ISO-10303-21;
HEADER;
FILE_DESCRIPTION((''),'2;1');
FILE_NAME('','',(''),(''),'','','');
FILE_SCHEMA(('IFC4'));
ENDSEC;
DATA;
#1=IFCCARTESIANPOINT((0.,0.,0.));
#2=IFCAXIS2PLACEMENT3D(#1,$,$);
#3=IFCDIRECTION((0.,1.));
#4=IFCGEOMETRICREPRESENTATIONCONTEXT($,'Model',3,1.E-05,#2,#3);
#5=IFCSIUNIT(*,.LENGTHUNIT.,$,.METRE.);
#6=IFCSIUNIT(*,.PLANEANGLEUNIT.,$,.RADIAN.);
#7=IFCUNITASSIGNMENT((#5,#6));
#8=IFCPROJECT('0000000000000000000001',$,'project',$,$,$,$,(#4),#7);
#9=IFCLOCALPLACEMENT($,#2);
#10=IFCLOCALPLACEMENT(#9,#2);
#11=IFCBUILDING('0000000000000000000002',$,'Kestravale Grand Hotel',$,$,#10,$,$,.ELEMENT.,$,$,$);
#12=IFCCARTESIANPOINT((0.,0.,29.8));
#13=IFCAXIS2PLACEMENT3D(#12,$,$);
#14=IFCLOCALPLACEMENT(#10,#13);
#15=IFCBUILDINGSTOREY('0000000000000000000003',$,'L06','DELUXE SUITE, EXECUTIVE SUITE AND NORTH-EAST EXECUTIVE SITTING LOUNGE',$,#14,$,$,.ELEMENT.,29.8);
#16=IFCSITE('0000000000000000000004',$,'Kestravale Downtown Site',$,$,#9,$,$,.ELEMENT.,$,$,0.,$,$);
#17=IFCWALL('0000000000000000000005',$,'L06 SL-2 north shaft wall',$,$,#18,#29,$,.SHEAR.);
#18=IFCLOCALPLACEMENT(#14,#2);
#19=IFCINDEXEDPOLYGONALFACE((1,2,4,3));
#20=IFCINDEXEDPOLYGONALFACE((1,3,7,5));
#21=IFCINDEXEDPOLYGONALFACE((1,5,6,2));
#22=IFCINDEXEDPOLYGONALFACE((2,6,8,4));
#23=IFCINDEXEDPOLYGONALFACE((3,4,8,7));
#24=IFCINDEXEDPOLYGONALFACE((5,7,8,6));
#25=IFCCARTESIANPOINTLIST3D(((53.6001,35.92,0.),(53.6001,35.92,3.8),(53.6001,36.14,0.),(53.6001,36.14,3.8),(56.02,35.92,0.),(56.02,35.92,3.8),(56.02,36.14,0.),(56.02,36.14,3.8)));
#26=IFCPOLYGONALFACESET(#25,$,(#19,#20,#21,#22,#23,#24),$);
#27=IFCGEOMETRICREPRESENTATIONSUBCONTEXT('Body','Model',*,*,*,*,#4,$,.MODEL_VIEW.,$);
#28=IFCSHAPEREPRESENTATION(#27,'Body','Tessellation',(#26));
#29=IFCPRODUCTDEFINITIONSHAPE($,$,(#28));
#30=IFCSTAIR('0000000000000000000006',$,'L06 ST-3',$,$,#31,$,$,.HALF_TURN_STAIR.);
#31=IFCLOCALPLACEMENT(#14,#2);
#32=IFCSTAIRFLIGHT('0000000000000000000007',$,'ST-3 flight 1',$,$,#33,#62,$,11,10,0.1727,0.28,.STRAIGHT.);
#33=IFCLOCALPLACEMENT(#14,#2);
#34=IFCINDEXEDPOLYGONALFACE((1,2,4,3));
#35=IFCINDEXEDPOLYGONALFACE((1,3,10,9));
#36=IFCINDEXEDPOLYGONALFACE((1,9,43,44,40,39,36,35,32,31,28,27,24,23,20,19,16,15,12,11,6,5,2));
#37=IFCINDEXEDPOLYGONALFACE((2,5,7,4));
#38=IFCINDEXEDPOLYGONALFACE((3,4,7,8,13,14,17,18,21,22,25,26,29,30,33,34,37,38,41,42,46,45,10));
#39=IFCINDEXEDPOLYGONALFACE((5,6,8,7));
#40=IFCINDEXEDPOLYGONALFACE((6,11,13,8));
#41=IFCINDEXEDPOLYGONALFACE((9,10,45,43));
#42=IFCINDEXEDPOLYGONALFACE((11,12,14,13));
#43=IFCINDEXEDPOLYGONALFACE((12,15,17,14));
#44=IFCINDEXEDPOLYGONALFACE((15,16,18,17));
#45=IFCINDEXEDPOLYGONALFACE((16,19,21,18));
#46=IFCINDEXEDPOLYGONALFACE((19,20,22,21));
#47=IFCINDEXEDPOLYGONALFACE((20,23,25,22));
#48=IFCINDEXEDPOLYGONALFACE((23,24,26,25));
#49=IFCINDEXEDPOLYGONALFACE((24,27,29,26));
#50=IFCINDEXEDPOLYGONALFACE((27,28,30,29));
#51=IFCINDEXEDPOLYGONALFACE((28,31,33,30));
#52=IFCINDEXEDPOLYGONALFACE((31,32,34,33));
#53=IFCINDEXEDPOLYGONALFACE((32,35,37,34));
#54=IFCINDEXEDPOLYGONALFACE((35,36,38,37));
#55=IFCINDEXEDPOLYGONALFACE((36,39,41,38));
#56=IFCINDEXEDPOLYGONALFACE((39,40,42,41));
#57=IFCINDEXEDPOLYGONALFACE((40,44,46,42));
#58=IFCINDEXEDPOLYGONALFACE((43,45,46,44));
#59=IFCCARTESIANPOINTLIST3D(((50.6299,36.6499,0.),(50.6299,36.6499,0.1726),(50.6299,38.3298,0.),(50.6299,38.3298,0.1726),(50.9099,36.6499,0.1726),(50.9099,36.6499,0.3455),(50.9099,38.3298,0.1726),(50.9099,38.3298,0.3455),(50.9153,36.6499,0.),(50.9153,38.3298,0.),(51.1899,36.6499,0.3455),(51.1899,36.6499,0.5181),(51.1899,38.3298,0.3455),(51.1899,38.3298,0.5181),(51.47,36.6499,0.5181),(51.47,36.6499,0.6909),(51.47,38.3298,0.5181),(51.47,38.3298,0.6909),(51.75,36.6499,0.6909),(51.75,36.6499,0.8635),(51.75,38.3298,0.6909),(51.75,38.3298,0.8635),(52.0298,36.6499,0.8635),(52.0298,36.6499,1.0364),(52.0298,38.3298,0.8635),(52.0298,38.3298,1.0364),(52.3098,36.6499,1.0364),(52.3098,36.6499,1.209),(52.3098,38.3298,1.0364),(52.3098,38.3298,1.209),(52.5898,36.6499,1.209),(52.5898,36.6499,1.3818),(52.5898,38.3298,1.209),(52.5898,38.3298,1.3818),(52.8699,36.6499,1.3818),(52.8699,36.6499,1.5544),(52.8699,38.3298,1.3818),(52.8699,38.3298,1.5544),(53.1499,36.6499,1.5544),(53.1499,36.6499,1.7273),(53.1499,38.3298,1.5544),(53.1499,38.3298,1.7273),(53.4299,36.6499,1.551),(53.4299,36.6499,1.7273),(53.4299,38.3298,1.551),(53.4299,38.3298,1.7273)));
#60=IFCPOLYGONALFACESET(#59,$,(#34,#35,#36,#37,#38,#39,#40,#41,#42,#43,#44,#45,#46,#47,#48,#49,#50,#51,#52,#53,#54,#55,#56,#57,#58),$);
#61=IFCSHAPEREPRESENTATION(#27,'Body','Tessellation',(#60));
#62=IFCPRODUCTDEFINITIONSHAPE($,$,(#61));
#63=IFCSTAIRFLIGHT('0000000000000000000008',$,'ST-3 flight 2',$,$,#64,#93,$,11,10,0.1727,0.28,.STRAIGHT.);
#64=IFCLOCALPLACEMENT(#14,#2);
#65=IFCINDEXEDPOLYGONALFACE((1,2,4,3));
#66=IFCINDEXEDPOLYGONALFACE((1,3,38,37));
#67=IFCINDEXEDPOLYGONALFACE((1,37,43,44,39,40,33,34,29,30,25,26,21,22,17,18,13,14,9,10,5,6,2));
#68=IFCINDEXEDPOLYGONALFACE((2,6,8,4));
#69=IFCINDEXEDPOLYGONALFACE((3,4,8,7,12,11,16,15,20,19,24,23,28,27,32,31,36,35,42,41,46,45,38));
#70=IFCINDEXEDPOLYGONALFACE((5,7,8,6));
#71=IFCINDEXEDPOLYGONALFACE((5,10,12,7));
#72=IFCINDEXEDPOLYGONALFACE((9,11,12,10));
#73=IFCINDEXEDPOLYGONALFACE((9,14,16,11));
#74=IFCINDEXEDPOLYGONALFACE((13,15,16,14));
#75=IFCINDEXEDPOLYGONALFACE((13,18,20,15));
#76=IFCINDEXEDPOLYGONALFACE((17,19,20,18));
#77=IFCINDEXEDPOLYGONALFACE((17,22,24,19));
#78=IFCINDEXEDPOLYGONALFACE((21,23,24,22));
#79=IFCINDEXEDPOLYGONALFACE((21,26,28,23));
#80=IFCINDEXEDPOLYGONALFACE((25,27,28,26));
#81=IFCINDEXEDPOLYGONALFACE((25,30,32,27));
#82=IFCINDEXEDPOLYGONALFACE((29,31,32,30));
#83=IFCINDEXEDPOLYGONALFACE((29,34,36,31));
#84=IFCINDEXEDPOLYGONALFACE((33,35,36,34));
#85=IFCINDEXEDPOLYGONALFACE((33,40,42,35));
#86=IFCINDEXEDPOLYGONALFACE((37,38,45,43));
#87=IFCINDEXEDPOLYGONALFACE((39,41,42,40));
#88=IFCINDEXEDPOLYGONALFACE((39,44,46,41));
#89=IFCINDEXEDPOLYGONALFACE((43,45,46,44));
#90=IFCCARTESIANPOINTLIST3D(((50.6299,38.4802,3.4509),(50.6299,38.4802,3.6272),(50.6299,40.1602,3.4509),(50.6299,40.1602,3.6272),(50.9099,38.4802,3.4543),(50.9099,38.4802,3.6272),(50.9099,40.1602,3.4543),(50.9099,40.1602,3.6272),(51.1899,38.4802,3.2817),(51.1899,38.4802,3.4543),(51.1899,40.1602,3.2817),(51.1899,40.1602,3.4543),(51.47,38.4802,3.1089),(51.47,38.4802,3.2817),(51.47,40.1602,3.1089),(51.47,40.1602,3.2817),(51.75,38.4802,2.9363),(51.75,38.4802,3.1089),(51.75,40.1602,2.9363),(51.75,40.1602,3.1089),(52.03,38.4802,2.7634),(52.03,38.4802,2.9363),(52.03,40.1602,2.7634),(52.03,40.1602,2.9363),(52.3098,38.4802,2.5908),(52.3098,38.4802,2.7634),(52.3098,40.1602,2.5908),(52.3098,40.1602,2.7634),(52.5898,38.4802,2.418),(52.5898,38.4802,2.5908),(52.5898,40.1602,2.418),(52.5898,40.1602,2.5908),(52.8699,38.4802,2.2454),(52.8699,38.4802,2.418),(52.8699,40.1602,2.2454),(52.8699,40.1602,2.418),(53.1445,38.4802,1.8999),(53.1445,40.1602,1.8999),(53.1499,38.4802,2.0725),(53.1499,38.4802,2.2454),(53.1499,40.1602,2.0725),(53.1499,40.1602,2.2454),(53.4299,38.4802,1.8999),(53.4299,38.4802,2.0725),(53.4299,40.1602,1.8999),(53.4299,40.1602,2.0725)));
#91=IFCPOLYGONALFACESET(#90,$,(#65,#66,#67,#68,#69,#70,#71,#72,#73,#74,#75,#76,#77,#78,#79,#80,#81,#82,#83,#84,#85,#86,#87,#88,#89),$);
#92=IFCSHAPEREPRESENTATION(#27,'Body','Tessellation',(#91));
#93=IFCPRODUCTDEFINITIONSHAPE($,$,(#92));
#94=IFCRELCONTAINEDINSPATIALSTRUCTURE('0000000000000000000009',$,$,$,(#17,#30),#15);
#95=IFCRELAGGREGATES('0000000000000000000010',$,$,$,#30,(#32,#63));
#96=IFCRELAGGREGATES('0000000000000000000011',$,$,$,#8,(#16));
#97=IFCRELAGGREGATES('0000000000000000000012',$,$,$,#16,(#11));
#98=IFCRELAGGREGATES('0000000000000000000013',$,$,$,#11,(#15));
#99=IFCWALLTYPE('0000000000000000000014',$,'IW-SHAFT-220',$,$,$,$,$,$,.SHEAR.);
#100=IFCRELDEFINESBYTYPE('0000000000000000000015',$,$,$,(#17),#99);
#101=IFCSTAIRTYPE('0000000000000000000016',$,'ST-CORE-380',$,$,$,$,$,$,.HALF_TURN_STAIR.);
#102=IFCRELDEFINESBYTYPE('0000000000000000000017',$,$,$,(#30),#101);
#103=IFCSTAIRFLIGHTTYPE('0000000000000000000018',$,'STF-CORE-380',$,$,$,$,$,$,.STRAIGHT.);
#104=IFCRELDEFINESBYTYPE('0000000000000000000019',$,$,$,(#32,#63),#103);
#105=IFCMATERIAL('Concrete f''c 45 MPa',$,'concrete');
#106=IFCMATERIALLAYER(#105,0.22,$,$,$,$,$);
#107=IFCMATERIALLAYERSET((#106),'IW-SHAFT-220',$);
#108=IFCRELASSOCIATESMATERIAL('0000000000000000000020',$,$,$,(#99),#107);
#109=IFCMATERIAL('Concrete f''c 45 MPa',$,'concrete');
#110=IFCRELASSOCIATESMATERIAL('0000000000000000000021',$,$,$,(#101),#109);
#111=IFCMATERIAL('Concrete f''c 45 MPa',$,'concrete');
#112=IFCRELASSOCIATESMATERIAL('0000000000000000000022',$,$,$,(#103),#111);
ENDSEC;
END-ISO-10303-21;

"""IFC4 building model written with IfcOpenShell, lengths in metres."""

from ifc_helpers import new_model, si_unit, direction, frame, frame_2d, origin, place, context, subcontext, project, spatial, polyline, rectangle, outline, extrude, material, layer, layer_set, type_object, element, aggregate, save


model = new_model("IFC4")

# Units and contexts
model_context = context("Model", 3, precision=1e-05, world=origin(), true_north=direction((0.0, 1.0)))
body_context = subcontext(model_context, "Body", "Model", "MODEL_VIEW")
ifc_project = project(units=[si_unit("LENGTHUNIT", "METRE"), si_unit("PLANEANGLEUNIT", "RADIAN")], contexts=[model_context])

# Site, building, storey
site_placement = place(None, origin())
site = spatial("IfcSite", under=ifc_project, at=site_placement, Name="Kestravale Downtown Site", CompositionType="ELEMENT", RefElevation=0.0)
building_placement = place(site_placement, origin())
building = spatial("IfcBuilding", under=site, at=building_placement, Name="Kestravale Grand Hotel", CompositionType="ELEMENT")
storey_placement = place(building_placement, frame((0.0, 0.0, 29.8)))
storey = spatial("IfcBuildingStorey", under=building, at=storey_placement, Name="L06", Description="DELUXE SUITE, EXECUTIVE SUITE AND NORTH-EAST EXECUTIVE SITTING LOUNGE", CompositionType="ELEMENT", Elevation=29.8)

# Shared definitions
ifc_material_1 = material(Name="Concrete f'c 45 MPa", Category="concrete")
ifc_layer_1 = layer(ifc_material_1, 0.22)
ifc_layer_set_1 = layer_set([ifc_layer_1], Name="IW-SHAFT-220")
wall_type_1 = type_object("IfcWallType", Name="IW-SHAFT-220", PredefinedType="SHEAR", material=ifc_layer_set_1)

# Wall
wall_1_placement = place(storey_placement, frame((53.6001, 36.03, 0.0), z_axis=(0.0, 0.0, 1.0), x_axis=(1.0, 0.0, 0.0)))
element("IfcWall", 1, at=wall_1_placement, inside=storey, type_object=wall_type_1, Name="L06 SL-2 north shaft wall", PredefinedType="SHEAR", context=body_context, shape_type="SweptSolid", body=[
    extrude(rectangle(XDim=2.4199, YDim=0.22, at=frame_2d((1.21, 0.0))), origin(), (0.0, 0.0, 1.0), 3.8),
])

# Stair, stair flights
ifc_material_2 = material(Name="Concrete f'c 45 MPa", Category="concrete")
stair_type = type_object("IfcStairType", Name="ST-CORE-380", PredefinedType="HALF_TURN_STAIR", material=ifc_material_2)
stair_placement = place(storey_placement, origin())
stair = element("IfcStair", 2, at=stair_placement, inside=storey, type_object=stair_type, Name="L06 ST-3", PredefinedType="HALF_TURN_STAIR")
ifc_material_3 = material(Name="Concrete f'c 45 MPa", Category="concrete")
stair_flight_type = type_object("IfcStairFlightType", Name="STF-CORE-380", PredefinedType="STRAIGHT", material=ifc_material_3)
stair_flight_1_placement = place(storey_placement, frame((50.6299, 37.49, 0.0), z_axis=(0.0, 0.0, 1.0), x_axis=(1.0, 0.0, 0.0)))
stair_flight_1 = element("IfcStairFlight", 3, at=stair_flight_1_placement, type_object=stair_flight_type, Name="ST-3 flight 1", NumberOfRisers=11, NumberOfTreads=10, PredefinedType="STRAIGHT", RiserHeight=0.1727, TreadLength=0.28, context=body_context, shape_type="SweptSolid", body=[
    extrude(outline(polyline([(0.0, 0.0), (0.0, 0.1726), (0.28, 0.1726), (0.28, 0.3455), (0.5601, 0.3455), (0.5601, 0.5181), (0.8401, 0.5181), (0.8401, 0.6909), (1.1201, 0.6909), (1.1201, 0.8635), (1.3999, 0.8635), (1.3999, 1.0364), (1.6799, 1.0364), (1.6799, 1.209), (1.96, 1.209), (1.96, 1.3818), (2.24, 1.3818), (2.24, 1.5544), (2.52, 1.5544), (2.52, 1.7273), (2.8, 1.7273), (2.8, 1.8999), (2.8, 1.551), (0.2854, 0.0), (0.0, 0.0)])), frame((0.0, 0.8398, 0.0), z_axis=(0.0, -1.0, 0.0), x_axis=(1.0, 0.0, 0.0)), (0.0, 0.0, 1.0), 1.6799),
])
stair_flight_2_placement = place(storey_placement, frame((53.4299, 39.3201, 1.8999), z_axis=(0.0, 0.0, 1.0), x_axis=(-1.0, 0.0, 0.0)))
stair_flight_2 = element("IfcStairFlight", 4, at=stair_flight_2_placement, type_object=stair_flight_type, Name="ST-3 flight 2", NumberOfRisers=11, NumberOfTreads=10, PredefinedType="STRAIGHT", RiserHeight=0.1727, TreadLength=0.28, context=body_context, shape_type="SweptSolid", body=[
    extrude(outline(polyline([(0.0, 0.0), (0.0, 0.1726), (0.28, 0.1726), (0.28, 0.3455), (0.5601, 0.3455), (0.5601, 0.5181), (0.8401, 0.5181), (0.8401, 0.6909), (1.1201, 0.6909), (1.1201, 0.8635), (1.3999, 0.8635), (1.3999, 1.0364), (1.6799, 1.0364), (1.6799, 1.209), (1.96, 1.209), (1.96, 1.3818), (2.24, 1.3818), (2.24, 1.5544), (2.52, 1.5544), (2.52, 1.7273), (2.8, 1.7273), (2.8, 1.8999), (2.8, 1.551), (0.2854, 0.0), (0.0, 0.0)])), frame((0.0, 0.8398, 0.0), z_axis=(0.0, -1.0, 0.0), x_axis=(1.0, 0.0, 0.0)), (0.0, 0.0, 1.0), 1.6799),
])
aggregate(stair, [stair_flight_1, stair_flight_2])

save(model, "model.ifc")
